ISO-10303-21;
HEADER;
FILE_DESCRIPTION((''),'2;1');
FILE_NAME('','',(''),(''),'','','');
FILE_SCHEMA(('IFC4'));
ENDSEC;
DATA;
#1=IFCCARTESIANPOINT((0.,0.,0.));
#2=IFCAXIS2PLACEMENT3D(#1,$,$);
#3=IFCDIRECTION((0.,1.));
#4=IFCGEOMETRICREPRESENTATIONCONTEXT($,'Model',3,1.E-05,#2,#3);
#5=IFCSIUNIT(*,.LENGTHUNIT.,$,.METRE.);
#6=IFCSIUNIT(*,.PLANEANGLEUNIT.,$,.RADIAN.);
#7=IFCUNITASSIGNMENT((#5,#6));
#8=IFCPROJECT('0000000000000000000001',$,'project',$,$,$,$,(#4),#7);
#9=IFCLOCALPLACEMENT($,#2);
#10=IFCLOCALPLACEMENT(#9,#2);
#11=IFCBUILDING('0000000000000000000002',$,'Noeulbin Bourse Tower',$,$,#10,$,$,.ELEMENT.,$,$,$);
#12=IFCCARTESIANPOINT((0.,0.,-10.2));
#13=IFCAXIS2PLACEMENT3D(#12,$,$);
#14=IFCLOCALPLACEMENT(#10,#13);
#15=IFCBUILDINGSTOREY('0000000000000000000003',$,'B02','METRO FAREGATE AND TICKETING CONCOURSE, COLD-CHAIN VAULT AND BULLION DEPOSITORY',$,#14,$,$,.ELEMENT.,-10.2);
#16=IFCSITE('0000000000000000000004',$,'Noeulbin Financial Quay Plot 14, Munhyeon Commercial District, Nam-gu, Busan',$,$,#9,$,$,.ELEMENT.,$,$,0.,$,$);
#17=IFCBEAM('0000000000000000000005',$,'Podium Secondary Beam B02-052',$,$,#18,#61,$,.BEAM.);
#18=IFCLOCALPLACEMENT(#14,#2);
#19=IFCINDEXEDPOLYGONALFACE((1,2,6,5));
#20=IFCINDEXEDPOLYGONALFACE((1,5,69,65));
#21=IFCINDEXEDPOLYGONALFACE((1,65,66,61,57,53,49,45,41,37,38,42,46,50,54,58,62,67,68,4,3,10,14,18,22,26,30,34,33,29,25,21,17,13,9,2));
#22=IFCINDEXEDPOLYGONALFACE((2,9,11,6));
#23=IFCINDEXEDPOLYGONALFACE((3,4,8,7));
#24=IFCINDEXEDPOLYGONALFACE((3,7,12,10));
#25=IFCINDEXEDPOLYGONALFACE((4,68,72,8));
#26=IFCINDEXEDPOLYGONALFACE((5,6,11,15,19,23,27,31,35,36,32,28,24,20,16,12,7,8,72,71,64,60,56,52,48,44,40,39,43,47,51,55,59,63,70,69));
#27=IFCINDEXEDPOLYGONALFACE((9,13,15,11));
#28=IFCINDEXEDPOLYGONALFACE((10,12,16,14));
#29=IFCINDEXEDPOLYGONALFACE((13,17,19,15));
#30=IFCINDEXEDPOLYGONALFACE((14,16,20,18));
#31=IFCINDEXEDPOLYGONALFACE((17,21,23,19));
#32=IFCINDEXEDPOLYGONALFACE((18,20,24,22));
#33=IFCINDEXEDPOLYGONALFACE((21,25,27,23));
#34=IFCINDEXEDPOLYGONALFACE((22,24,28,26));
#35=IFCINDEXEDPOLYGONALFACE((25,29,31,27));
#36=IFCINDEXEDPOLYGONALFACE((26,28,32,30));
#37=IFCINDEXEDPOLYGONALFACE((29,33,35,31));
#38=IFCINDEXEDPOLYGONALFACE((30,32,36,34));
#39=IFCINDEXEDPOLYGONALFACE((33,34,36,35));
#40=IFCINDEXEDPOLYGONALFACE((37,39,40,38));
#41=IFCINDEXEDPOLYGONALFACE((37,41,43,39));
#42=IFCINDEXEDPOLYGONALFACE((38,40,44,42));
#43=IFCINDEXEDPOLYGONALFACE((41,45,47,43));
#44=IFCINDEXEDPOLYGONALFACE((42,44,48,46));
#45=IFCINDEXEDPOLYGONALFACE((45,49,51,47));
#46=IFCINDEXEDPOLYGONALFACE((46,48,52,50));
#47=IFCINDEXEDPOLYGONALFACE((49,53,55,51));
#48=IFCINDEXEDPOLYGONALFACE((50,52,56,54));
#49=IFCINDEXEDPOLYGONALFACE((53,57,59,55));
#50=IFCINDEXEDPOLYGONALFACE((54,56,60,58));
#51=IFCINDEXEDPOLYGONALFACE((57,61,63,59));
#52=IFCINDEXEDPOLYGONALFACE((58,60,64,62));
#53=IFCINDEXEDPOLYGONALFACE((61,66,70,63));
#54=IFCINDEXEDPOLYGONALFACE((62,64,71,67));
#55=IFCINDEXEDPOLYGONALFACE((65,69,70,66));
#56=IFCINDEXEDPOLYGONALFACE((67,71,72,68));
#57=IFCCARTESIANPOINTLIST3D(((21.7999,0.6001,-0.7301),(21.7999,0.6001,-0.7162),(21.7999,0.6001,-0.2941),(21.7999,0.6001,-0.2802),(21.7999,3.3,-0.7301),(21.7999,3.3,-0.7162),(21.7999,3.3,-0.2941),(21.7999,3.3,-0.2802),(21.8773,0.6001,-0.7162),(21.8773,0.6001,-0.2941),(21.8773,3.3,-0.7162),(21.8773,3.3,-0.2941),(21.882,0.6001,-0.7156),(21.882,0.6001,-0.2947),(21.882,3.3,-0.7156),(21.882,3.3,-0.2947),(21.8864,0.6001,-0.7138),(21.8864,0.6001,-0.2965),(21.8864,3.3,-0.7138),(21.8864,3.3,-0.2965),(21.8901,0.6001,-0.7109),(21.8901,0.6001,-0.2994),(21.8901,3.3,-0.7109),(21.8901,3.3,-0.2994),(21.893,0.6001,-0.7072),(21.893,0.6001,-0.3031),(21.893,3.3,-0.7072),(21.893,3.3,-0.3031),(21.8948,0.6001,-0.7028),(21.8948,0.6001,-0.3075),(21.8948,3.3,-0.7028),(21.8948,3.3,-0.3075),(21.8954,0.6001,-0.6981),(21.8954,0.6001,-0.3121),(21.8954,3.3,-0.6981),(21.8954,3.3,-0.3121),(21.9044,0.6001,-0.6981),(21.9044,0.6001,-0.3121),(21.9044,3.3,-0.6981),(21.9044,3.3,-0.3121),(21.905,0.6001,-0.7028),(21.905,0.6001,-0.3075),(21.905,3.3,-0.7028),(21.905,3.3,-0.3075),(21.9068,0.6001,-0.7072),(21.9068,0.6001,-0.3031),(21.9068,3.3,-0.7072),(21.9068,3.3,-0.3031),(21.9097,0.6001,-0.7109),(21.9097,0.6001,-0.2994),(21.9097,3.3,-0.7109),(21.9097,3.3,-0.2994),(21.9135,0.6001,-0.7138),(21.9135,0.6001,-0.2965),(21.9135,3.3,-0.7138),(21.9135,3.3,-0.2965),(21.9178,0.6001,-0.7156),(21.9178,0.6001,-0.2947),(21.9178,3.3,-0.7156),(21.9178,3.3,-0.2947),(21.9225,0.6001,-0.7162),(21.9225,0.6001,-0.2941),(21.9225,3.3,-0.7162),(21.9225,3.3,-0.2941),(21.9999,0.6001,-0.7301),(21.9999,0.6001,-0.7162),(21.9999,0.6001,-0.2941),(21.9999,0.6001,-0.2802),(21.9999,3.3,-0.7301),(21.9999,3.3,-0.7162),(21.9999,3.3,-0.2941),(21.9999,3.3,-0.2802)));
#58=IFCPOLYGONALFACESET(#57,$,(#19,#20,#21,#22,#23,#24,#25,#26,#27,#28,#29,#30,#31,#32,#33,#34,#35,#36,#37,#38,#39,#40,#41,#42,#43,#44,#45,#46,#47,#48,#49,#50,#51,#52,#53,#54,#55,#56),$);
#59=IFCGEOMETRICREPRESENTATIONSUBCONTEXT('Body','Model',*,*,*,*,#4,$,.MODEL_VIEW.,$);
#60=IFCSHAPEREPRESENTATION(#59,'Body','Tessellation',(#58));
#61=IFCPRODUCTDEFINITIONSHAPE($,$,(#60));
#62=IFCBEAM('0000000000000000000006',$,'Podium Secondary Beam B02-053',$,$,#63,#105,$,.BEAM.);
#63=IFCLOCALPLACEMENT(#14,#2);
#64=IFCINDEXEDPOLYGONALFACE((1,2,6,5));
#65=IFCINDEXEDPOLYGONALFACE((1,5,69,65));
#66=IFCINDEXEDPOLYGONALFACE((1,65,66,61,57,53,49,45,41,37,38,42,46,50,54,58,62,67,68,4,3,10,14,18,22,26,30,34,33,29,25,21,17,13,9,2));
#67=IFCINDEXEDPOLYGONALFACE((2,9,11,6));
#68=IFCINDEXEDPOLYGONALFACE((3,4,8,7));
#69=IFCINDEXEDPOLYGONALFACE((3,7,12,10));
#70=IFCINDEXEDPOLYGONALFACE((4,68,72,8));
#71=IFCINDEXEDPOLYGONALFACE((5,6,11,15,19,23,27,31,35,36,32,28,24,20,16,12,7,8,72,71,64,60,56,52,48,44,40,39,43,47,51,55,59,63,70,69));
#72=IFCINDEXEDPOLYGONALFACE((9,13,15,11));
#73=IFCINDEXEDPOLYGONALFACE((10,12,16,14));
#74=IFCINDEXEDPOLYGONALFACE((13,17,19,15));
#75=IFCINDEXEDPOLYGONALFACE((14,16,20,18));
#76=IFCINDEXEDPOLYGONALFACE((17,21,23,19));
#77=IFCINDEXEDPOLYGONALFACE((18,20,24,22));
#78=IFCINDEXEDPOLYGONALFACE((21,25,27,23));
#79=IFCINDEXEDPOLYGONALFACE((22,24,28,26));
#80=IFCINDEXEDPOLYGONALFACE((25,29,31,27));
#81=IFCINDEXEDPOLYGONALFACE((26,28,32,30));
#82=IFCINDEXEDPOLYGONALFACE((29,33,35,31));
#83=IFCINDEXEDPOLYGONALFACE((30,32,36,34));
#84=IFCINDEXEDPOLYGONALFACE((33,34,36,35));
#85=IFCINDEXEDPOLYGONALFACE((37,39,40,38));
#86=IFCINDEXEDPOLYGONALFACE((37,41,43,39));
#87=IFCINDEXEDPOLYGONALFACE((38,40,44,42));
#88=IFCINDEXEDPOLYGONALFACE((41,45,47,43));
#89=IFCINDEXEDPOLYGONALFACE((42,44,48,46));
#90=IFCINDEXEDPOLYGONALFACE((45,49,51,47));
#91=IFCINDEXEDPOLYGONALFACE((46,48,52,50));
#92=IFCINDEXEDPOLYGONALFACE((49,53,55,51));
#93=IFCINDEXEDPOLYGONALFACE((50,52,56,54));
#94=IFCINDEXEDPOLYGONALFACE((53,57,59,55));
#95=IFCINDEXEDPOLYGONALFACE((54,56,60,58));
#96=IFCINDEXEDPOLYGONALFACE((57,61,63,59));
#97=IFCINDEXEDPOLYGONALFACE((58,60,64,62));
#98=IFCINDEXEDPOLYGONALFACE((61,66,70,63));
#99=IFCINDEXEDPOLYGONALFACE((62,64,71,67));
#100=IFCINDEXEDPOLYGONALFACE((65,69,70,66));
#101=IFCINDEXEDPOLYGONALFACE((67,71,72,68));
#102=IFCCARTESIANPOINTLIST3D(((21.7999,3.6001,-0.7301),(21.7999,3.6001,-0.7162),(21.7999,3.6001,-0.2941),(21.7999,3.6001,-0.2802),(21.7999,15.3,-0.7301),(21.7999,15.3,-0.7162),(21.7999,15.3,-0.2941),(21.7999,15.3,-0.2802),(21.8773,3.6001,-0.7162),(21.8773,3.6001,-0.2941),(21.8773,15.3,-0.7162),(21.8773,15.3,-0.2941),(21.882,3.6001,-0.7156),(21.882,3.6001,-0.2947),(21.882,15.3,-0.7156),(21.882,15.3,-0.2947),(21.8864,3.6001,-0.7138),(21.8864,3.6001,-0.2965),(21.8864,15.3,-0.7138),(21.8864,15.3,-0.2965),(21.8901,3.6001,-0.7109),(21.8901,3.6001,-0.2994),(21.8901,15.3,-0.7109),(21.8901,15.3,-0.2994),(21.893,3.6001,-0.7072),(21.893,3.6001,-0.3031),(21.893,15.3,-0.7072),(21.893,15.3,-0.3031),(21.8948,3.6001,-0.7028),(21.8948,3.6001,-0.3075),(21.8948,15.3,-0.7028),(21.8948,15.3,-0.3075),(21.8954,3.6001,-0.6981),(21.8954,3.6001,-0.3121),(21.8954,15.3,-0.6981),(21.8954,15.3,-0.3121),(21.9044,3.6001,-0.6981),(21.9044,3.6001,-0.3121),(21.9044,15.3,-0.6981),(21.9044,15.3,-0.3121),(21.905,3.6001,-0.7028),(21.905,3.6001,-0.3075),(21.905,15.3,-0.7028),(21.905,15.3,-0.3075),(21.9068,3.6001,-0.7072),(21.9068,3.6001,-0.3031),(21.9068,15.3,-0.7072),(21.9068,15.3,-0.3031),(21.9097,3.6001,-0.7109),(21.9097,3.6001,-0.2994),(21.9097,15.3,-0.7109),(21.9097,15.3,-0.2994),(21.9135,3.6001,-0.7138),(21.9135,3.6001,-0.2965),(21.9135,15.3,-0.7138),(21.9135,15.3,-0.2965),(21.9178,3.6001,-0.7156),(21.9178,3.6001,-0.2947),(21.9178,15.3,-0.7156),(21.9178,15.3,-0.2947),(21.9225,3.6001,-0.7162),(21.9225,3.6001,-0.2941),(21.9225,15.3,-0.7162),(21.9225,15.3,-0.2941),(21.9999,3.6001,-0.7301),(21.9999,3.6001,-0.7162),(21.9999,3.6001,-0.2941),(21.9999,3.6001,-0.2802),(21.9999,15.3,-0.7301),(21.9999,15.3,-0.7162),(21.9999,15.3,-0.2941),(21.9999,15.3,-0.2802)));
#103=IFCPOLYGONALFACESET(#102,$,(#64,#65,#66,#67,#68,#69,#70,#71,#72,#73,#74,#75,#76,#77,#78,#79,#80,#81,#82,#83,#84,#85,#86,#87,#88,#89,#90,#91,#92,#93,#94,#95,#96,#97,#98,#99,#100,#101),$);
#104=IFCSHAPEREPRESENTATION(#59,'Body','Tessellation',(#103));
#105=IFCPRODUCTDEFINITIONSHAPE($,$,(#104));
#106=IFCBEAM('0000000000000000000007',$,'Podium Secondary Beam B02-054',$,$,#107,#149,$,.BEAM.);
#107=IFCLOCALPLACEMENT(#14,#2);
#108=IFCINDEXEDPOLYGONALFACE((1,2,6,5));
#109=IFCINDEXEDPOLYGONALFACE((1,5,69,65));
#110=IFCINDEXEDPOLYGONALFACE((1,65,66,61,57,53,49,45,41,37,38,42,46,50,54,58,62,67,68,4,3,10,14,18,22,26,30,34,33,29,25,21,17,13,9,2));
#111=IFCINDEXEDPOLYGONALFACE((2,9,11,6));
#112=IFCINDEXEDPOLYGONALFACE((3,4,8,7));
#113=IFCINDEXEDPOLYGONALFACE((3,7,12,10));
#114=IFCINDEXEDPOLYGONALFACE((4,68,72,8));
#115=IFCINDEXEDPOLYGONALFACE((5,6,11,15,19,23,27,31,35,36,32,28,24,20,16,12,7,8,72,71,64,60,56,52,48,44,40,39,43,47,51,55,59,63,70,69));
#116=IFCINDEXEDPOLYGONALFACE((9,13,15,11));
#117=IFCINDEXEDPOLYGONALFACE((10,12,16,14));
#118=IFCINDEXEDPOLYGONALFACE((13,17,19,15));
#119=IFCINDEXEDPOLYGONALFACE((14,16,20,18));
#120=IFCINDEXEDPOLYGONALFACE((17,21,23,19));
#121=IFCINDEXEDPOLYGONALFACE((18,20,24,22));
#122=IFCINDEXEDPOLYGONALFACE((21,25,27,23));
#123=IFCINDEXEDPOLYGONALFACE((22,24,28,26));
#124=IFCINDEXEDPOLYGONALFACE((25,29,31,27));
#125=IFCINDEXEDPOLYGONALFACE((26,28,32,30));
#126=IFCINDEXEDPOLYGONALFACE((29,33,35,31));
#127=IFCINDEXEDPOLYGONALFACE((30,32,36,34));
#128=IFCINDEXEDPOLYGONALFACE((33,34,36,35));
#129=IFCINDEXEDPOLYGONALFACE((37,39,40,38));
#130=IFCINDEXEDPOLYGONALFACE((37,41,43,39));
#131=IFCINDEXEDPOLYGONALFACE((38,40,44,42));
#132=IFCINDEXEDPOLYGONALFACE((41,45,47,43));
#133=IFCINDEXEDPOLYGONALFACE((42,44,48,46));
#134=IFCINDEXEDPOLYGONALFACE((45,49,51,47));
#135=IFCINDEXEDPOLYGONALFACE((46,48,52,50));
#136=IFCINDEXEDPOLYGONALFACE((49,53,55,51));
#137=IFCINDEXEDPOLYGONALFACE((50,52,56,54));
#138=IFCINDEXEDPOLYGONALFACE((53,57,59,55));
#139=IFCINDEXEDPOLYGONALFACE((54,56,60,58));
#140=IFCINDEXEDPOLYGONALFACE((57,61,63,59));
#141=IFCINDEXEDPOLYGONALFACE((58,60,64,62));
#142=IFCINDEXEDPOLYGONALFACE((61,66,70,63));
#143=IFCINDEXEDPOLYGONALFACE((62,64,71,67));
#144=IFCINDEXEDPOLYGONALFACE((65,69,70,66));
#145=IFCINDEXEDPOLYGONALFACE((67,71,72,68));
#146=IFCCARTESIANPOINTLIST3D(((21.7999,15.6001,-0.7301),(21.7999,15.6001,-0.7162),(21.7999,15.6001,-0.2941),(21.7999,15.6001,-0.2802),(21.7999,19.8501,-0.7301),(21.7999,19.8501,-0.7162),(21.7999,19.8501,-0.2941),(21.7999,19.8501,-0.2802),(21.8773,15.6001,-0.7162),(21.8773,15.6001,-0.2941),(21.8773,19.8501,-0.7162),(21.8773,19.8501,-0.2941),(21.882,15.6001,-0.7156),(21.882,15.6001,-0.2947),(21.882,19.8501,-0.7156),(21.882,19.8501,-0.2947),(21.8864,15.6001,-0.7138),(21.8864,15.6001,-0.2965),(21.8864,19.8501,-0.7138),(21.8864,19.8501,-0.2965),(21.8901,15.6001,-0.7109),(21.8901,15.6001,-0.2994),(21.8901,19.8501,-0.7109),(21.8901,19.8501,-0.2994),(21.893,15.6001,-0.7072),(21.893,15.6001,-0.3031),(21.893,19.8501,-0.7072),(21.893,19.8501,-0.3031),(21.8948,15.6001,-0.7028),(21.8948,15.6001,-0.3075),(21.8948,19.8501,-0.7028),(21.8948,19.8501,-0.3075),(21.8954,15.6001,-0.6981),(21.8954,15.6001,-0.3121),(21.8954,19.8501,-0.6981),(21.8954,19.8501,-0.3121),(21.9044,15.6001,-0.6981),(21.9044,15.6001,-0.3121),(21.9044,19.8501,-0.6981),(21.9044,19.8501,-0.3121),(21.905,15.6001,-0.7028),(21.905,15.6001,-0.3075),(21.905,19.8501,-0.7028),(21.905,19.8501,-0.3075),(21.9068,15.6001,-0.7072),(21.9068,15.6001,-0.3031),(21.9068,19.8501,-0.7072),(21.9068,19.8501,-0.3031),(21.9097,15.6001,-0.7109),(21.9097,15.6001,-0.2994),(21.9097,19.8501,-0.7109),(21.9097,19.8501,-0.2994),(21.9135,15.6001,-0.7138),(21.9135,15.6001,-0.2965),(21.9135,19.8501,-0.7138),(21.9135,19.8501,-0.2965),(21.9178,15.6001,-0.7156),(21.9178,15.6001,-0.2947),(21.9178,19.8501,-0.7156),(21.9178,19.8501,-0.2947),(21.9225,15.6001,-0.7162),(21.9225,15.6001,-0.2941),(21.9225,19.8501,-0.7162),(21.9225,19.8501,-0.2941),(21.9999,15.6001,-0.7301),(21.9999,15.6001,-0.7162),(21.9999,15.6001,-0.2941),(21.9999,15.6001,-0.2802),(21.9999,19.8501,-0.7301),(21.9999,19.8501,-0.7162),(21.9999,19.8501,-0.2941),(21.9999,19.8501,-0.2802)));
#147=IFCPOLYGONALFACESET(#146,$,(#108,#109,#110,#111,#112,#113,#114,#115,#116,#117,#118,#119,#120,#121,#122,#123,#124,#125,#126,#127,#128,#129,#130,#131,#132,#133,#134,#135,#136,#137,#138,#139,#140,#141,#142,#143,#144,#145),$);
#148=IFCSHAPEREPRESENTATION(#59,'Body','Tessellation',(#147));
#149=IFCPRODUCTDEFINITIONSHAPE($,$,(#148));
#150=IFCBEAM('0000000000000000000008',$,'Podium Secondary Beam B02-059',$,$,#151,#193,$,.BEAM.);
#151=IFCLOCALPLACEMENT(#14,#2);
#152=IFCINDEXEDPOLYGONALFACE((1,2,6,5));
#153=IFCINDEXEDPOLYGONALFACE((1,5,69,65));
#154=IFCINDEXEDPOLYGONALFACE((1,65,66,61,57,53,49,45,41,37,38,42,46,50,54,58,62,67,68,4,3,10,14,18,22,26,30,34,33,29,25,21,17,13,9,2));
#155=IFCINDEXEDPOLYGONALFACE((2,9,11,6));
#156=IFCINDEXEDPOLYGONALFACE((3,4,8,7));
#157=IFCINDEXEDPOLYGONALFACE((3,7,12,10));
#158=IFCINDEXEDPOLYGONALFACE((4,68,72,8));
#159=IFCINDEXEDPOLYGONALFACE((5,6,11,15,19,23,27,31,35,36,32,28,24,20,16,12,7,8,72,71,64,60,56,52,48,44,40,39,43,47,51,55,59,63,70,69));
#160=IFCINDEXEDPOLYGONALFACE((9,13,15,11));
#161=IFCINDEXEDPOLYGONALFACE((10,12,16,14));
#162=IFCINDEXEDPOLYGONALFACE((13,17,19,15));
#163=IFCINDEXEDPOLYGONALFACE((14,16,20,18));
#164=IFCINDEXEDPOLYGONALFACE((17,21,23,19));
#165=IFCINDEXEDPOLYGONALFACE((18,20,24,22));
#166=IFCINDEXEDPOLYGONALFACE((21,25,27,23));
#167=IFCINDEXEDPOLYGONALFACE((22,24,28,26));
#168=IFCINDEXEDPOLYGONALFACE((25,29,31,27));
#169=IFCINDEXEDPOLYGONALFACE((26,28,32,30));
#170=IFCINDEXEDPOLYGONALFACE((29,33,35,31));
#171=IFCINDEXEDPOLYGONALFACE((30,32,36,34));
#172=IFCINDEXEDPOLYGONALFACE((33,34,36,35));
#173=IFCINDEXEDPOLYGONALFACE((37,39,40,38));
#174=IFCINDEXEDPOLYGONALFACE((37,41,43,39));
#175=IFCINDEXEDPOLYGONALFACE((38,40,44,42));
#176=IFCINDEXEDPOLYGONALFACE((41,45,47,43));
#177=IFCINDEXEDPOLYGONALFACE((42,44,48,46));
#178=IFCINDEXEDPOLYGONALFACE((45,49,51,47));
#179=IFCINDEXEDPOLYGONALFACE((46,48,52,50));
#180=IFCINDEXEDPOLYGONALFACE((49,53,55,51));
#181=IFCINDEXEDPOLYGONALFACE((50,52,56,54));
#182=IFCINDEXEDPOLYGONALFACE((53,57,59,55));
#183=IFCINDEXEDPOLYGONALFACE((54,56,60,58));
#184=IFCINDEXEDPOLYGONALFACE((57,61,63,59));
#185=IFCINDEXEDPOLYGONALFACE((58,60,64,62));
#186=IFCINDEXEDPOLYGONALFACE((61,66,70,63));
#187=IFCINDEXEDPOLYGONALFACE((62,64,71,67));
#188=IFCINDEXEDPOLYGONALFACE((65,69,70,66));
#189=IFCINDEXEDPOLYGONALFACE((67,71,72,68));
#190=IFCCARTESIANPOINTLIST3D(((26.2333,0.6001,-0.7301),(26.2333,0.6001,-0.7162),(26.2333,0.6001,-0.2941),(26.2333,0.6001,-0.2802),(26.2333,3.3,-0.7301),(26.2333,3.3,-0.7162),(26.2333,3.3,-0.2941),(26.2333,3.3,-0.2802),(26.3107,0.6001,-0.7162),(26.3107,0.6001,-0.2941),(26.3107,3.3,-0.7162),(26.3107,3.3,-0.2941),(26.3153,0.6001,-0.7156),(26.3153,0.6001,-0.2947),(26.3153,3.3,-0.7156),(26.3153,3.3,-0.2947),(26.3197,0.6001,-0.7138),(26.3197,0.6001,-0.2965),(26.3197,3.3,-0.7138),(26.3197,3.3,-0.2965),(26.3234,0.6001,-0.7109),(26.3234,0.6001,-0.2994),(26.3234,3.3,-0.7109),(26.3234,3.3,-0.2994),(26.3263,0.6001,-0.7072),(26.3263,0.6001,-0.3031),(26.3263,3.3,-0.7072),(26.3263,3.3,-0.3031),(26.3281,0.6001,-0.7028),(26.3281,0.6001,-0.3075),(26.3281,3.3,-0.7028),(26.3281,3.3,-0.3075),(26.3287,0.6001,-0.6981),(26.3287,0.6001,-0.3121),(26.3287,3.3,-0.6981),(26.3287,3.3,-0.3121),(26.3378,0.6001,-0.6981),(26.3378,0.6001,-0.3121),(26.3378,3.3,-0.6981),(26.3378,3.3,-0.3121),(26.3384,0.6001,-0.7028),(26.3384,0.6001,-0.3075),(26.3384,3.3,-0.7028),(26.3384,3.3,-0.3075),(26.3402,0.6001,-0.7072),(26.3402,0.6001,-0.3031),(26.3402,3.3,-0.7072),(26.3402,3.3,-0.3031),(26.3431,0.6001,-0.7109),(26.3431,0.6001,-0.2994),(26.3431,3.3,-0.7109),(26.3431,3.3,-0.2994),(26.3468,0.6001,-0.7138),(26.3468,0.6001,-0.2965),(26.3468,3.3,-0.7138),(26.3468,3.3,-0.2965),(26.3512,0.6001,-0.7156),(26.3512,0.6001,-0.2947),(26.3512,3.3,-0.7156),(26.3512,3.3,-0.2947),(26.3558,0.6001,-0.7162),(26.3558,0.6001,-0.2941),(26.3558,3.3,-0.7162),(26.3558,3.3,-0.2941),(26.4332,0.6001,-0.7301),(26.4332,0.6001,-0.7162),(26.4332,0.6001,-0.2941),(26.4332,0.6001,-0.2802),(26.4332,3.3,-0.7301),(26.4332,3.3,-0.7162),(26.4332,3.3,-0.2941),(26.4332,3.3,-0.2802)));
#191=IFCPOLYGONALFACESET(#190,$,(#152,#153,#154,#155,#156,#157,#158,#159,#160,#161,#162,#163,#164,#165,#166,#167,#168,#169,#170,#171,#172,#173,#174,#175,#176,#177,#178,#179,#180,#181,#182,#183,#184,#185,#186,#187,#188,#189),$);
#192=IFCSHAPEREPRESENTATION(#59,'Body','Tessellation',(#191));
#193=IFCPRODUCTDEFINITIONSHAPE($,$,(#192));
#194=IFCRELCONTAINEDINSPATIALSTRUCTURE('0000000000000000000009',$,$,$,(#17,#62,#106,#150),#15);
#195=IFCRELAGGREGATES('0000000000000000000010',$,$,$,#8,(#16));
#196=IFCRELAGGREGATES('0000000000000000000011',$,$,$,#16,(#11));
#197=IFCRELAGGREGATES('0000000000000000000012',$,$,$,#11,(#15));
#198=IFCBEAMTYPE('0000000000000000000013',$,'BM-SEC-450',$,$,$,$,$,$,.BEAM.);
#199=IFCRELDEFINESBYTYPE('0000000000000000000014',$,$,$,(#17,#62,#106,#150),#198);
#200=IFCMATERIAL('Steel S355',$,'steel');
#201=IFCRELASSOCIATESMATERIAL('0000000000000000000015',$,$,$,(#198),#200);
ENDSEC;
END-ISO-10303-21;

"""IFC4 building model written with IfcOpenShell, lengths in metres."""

from ifc_helpers import new_model, si_unit, direction, frame, origin, origin_2d, place, context, subcontext, project, spatial, i_section, extrude, material, material_profile, profile_set, type_object, element, save


model = new_model("IFC4")

# Units and contexts
model_context = context("Model", 3, precision=1e-05, world=origin(), true_north=direction((0.0, 1.0)))
body_context = subcontext(model_context, "Body", "Model", "MODEL_VIEW")
ifc_project = project(units=[si_unit("LENGTHUNIT", "METRE"), si_unit("PLANEANGLEUNIT", "RADIAN")], contexts=[model_context])

# Site, building, storey
site_placement = place(None, origin())
site = spatial("IfcSite", under=ifc_project, at=site_placement, Name="Noeulbin Financial Quay Plot 14, Munhyeon Commercial District, Nam-gu, Busan", CompositionType="ELEMENT", RefElevation=0.0)
building_placement = place(site_placement, origin())
building = spatial("IfcBuilding", under=site, at=building_placement, Name="Noeulbin Bourse Tower", CompositionType="ELEMENT")
storey_placement = place(building_placement, frame((0.0, 0.0, -10.2)))
storey = spatial("IfcBuildingStorey", under=building, at=storey_placement, Name="B02", Description="METRO FAREGATE AND TICKETING CONCOURSE, COLD-CHAIN VAULT AND BULLION DEPOSITORY", CompositionType="ELEMENT", Elevation=-10.2)

# Beams
ifc_material_1 = material(Name="Steel S355", Category="steel")
ifc_material_profile_1 = material_profile(ifc_material_1, i_section(OverallWidth=0.2, OverallDepth=0.45, WebThickness=0.009, FlangeThickness=0.0139, FilletRadius=0.0181, at=origin_2d()), Name="H-450x200x9x14", Category="LoadBearing")
ifc_profile_set_1 = profile_set([ifc_material_profile_1], Name="Steel S355")
beam_type_1 = type_object("IfcBeamType", Name="BM-SEC-450", PredefinedType="BEAM", material=ifc_profile_set_1)
beam_1_placement = place(storey_placement, frame((21.8999, 0.6001, -0.5051), z_axis=(0.0, 1.0, 0.0), x_axis=(-1.0, 0.0, 0.0)))
element("IfcBeam", 1, at=beam_1_placement, inside=storey, type_object=beam_type_1, Name="Podium Secondary Beam B02-052", PredefinedType="BEAM", context=body_context, shape_type="SweptSolid", body=[
    extrude(i_section(OverallWidth=0.2, OverallDepth=0.45, WebThickness=0.009, FlangeThickness=0.0139, FilletRadius=0.0181, at=origin_2d()), origin(), (0.0, 0.0, 1.0), 2.7),
])
beam_2_placement = place(storey_placement, frame((21.8999, 3.6001, -0.5051), z_axis=(0.0, 1.0, 0.0), x_axis=(-1.0, 0.0, 0.0)))
element("IfcBeam", 2, at=beam_2_placement, inside=storey, type_object=beam_type_1, Name="Podium Secondary Beam B02-053", PredefinedType="BEAM", context=body_context, shape_type="SweptSolid", body=[
    extrude(i_section(OverallWidth=0.2, OverallDepth=0.45, WebThickness=0.009, FlangeThickness=0.0139, FilletRadius=0.0181, at=origin_2d()), origin(), (0.0, 0.0, 1.0), 11.7),
])
beam_3_placement = place(storey_placement, frame((21.8999, 15.6001, -0.5051), z_axis=(0.0, 1.0, 0.0), x_axis=(-1.0, 0.0, 0.0)))
element("IfcBeam", 3, at=beam_3_placement, inside=storey, type_object=beam_type_1, Name="Podium Secondary Beam B02-054", PredefinedType="BEAM", context=body_context, shape_type="SweptSolid", body=[
    extrude(i_section(OverallWidth=0.2, OverallDepth=0.45, WebThickness=0.009, FlangeThickness=0.0139, FilletRadius=0.0181, at=origin_2d()), origin(), (0.0, 0.0, 1.0), 4.25),
])
beam_4_placement = place(storey_placement, frame((26.3333, 0.6001, -0.5051), z_axis=(0.0, 1.0, 0.0), x_axis=(-1.0, 0.0, 0.0)))
element("IfcBeam", 4, at=beam_4_placement, inside=storey, type_object=beam_type_1, Name="Podium Secondary Beam B02-059", PredefinedType="BEAM", context=body_context, shape_type="SweptSolid", body=[
    extrude(i_section(OverallWidth=0.2, OverallDepth=0.45, WebThickness=0.009, FlangeThickness=0.0139, FilletRadius=0.0181, at=origin_2d()), origin(), (0.0, 0.0, 1.0), 2.7),
])

save(model, "model.ifc")
